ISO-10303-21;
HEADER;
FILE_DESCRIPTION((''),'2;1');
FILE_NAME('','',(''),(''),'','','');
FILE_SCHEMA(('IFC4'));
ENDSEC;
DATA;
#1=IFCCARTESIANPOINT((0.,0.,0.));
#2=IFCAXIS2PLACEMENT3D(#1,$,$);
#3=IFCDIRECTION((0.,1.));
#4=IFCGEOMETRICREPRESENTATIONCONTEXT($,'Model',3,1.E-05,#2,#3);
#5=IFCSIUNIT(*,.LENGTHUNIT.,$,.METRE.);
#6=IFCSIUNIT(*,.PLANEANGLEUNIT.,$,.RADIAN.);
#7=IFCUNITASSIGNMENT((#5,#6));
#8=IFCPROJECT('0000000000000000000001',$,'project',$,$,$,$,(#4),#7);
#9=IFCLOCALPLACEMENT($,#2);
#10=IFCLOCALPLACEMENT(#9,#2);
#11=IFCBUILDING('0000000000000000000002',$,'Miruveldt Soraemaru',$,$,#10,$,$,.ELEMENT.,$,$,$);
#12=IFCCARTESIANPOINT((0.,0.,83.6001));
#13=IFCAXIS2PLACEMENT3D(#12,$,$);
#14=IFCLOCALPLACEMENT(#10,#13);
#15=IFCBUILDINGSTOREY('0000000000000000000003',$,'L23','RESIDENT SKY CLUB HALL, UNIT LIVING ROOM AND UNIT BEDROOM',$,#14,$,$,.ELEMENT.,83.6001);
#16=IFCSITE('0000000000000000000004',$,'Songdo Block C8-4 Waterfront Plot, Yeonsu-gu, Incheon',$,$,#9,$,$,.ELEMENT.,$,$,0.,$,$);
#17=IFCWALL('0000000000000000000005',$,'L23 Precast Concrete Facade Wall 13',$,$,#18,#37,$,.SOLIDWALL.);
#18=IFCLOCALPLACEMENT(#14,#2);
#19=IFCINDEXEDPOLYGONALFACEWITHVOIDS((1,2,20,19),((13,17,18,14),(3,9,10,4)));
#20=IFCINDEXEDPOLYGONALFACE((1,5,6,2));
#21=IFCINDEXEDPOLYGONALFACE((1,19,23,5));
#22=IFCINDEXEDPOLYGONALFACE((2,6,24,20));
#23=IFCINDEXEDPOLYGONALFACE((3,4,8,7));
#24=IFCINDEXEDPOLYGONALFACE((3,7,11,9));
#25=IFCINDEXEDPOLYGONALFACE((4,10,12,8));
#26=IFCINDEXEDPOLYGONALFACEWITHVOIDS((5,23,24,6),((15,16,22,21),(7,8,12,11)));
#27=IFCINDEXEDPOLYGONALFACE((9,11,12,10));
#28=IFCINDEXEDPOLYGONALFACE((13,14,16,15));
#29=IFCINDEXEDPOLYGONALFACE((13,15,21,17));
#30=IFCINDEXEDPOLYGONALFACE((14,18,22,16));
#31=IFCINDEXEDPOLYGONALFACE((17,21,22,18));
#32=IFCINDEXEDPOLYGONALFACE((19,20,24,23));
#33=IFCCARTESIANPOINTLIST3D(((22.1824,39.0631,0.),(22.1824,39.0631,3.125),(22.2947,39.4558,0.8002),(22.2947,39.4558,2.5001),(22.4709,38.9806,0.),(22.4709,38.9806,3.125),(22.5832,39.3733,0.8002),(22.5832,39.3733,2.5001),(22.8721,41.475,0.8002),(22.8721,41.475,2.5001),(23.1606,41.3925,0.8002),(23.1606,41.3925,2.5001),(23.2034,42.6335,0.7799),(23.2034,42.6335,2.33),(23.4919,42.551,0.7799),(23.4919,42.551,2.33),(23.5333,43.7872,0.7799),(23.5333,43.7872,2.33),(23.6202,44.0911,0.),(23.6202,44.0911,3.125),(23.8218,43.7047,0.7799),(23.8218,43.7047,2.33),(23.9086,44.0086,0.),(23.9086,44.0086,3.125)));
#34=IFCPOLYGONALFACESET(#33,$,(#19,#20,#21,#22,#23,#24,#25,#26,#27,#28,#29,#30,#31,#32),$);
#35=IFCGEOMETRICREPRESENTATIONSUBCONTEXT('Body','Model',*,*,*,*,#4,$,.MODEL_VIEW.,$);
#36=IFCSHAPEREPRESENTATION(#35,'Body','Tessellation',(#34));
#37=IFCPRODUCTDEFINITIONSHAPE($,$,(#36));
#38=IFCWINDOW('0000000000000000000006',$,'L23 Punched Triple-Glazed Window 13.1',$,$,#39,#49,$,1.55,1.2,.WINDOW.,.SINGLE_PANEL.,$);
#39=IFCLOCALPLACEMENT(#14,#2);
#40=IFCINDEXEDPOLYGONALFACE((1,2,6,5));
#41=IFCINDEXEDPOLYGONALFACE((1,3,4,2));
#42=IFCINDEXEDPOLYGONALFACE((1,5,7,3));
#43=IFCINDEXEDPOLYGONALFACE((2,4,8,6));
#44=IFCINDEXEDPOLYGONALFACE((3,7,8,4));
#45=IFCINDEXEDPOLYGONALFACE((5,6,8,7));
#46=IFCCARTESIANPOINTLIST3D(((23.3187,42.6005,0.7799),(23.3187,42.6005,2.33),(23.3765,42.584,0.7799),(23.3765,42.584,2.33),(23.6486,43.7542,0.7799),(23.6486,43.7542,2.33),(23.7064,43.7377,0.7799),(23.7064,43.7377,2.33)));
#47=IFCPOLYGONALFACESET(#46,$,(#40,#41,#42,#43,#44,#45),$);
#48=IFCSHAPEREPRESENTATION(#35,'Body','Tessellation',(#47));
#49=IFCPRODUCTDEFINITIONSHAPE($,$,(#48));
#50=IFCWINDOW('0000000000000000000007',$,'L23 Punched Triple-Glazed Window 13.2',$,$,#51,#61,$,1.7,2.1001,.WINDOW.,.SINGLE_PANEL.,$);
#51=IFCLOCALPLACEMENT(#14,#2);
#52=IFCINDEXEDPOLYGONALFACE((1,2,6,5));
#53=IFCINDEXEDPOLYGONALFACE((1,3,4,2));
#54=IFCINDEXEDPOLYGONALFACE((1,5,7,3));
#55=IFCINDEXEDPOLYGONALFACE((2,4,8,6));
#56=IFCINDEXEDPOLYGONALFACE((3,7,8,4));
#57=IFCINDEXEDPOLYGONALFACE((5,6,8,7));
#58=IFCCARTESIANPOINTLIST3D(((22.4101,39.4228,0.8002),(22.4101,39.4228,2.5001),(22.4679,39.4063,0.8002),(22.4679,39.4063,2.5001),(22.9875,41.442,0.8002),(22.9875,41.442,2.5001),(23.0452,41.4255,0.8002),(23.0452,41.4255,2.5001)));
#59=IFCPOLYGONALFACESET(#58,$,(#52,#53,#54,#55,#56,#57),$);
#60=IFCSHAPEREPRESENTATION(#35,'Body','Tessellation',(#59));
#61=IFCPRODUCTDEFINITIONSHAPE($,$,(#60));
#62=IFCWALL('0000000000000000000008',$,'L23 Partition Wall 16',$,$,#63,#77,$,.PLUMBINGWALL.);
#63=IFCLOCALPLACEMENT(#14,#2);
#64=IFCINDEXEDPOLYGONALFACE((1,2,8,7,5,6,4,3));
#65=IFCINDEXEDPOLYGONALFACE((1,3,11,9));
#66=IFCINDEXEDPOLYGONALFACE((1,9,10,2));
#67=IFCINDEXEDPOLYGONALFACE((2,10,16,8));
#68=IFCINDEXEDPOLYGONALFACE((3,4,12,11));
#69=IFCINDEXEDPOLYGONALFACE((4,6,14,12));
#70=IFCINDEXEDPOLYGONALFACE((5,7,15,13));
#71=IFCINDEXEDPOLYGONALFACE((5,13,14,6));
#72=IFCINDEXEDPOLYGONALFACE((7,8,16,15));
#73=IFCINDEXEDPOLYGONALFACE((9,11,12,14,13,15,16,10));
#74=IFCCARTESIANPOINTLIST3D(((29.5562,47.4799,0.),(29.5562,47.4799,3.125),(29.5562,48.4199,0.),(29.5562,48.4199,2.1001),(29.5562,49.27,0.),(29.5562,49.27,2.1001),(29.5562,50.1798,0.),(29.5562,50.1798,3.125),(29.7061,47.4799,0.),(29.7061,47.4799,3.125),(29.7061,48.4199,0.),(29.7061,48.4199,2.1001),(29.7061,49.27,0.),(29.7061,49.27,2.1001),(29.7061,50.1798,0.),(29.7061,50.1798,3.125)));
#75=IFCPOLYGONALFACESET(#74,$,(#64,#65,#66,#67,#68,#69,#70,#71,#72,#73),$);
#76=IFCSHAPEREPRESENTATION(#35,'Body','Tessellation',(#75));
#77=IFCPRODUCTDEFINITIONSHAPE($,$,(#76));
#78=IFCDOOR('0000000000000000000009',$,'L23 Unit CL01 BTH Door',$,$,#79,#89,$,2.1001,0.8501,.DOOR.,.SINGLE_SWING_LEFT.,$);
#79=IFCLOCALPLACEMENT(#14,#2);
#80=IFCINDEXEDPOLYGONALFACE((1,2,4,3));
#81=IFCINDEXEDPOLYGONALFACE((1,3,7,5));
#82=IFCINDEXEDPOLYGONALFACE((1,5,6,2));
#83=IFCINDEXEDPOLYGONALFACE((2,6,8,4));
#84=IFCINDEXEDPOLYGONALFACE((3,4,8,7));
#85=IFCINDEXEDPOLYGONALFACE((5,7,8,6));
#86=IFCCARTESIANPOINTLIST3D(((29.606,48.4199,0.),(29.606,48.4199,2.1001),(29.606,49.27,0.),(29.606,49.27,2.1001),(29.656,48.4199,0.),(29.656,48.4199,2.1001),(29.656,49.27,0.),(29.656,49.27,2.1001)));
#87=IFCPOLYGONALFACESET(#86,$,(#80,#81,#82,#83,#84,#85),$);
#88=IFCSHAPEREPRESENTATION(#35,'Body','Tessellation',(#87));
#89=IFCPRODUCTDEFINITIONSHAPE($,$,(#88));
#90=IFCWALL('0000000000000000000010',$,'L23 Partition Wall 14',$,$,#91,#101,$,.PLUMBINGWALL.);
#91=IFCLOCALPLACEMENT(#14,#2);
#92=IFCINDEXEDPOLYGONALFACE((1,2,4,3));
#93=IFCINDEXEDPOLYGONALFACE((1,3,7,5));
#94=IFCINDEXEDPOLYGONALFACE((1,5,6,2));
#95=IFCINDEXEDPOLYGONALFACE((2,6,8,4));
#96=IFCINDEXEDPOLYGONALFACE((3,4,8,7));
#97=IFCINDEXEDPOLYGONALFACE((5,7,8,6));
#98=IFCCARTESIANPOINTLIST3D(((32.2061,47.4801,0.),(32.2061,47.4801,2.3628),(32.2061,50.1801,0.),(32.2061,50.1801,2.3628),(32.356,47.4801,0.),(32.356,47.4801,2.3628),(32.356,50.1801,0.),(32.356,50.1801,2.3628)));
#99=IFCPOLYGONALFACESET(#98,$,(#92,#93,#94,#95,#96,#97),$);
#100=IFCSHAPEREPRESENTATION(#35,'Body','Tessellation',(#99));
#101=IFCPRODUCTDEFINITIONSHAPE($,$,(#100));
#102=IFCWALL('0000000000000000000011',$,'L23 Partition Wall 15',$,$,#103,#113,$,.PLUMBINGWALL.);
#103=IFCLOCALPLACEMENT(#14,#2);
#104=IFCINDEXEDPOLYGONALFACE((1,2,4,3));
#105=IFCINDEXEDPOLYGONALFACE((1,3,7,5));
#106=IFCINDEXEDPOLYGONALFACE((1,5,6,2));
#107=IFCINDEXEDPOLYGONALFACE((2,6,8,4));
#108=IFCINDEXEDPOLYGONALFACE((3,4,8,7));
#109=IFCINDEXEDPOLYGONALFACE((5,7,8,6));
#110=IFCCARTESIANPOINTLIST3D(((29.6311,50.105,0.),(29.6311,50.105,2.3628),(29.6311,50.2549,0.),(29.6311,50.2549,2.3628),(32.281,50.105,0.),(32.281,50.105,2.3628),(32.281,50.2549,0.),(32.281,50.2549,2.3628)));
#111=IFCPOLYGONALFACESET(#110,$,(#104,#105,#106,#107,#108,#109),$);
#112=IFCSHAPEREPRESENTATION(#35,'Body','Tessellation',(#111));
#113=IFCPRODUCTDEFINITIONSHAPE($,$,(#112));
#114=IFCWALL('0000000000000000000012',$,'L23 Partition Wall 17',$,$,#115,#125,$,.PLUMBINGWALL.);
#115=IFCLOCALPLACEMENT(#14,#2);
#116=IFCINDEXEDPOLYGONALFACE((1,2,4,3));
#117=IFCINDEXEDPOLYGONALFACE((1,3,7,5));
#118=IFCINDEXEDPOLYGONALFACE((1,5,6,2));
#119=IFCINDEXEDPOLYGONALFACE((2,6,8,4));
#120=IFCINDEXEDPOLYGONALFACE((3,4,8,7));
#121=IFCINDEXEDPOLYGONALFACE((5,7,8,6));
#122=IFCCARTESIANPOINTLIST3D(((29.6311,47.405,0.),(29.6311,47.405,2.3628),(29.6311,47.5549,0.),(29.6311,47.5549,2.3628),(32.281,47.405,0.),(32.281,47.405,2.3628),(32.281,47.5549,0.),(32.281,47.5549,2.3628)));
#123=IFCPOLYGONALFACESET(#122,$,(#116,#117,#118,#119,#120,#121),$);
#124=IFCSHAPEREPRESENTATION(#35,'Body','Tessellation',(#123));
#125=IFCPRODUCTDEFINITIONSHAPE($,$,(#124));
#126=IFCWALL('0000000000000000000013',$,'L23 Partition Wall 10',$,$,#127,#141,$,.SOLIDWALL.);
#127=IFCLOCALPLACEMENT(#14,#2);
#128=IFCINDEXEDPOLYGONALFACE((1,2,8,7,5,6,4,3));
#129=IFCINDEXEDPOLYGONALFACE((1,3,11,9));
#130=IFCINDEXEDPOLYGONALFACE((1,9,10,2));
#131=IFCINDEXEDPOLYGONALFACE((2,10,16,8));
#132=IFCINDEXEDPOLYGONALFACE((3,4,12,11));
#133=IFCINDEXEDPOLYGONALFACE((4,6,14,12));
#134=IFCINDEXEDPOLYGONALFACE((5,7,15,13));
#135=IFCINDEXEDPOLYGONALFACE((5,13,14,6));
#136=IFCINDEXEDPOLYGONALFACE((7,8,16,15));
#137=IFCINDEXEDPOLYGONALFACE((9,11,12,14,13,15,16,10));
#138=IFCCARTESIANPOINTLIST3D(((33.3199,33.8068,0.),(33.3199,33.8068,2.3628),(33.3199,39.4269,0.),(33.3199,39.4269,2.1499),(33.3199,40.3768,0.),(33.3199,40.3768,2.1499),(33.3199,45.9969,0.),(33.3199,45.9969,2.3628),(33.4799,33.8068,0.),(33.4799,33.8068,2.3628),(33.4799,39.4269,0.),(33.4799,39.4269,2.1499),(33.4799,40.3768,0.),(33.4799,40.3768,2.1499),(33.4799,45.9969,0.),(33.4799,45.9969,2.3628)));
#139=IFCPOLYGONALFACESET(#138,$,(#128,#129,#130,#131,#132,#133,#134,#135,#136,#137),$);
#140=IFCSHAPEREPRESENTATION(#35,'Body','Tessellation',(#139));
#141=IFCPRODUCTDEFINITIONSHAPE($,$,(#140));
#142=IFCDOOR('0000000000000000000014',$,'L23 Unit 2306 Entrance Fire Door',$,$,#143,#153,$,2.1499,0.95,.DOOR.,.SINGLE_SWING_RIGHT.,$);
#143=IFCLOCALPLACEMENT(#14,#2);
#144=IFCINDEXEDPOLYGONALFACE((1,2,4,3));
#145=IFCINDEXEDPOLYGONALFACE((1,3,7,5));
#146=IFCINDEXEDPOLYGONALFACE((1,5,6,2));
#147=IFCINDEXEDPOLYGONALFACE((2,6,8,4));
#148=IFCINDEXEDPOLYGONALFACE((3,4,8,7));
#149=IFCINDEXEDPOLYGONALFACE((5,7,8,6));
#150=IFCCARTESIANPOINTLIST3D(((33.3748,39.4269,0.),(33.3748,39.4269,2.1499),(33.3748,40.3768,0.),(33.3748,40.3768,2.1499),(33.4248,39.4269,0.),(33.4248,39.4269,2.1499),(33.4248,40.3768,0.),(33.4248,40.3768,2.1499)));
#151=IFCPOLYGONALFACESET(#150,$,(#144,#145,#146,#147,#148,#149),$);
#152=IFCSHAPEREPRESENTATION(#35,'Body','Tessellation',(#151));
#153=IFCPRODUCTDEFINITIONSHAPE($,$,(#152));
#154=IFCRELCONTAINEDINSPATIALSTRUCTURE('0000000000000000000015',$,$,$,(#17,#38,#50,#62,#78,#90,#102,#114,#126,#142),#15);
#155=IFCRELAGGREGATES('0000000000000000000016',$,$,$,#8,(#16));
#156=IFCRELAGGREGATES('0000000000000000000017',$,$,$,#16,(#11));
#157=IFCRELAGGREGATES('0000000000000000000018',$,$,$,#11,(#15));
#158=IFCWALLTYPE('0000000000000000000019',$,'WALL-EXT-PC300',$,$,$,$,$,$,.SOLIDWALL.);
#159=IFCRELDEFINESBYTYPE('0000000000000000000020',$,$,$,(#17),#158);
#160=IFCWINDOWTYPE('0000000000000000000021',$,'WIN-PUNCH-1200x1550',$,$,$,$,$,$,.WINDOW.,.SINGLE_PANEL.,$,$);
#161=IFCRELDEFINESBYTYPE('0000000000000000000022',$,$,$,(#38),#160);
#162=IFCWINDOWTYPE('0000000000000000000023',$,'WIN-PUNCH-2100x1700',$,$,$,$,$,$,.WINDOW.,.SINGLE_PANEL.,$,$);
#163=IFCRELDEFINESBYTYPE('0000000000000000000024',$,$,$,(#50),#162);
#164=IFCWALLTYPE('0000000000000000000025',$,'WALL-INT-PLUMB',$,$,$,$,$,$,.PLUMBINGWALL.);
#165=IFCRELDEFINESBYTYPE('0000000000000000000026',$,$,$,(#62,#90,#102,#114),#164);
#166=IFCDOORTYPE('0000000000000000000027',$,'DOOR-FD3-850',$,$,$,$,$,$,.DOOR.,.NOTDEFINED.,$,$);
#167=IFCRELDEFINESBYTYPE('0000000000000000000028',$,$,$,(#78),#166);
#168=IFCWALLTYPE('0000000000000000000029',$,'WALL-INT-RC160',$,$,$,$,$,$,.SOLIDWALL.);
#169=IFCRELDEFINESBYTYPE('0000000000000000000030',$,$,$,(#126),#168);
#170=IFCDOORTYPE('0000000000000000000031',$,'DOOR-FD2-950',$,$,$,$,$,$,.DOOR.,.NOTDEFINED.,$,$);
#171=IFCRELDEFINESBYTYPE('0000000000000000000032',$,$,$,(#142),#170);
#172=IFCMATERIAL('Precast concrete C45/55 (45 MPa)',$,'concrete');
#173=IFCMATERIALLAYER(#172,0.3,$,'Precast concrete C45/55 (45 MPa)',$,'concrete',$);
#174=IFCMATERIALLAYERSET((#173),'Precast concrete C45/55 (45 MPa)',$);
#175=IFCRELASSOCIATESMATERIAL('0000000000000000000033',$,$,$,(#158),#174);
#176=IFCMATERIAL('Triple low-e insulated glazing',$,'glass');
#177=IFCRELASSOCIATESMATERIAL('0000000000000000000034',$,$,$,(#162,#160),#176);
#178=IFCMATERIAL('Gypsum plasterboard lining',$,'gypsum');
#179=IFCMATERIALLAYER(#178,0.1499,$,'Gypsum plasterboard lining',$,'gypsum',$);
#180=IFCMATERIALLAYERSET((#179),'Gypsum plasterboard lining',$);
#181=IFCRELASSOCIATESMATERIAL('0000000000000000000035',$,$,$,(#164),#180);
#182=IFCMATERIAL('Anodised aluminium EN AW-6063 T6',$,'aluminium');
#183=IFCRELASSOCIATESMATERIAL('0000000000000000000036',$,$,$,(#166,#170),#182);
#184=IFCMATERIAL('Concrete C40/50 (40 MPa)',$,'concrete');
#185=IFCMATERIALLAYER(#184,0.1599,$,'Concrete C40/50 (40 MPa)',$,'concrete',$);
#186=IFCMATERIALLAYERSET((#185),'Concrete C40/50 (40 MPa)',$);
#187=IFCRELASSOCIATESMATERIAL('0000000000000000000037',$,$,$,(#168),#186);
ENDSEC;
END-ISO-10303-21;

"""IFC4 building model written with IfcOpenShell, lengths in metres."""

from ifc_helpers import new_model, si_unit, direction, frame, frame_2d, origin, place, context, subcontext, project, spatial, rectangle, extrude, material, layer, layer_set, type_object, element, fill, save


model = new_model("IFC4")

# Units and contexts
model_context = context("Model", 3, precision=1e-05, world=origin(), true_north=direction((0.0, 1.0)))
body_context = subcontext(model_context, "Body", "Model", "MODEL_VIEW")
ifc_project = project(units=[si_unit("LENGTHUNIT", "METRE"), si_unit("PLANEANGLEUNIT", "RADIAN")], contexts=[model_context])

# Site, building, storey
site_placement = place(None, origin())
site = spatial("IfcSite", under=ifc_project, at=site_placement, Name="Songdo Block C8-4 Waterfront Plot, Yeonsu-gu, Incheon", CompositionType="ELEMENT", RefElevation=0.0)
building_placement = place(site_placement, origin())
building = spatial("IfcBuilding", under=site, at=building_placement, Name="Miruveldt Soraemaru", CompositionType="ELEMENT")
storey_placement = place(building_placement, frame((0.0, 0.0, 83.6001)))
storey = spatial("IfcBuildingStorey", under=building, at=storey_placement, Name="L23", Description="RESIDENT SKY CLUB HALL, UNIT LIVING ROOM AND UNIT BEDROOM", CompositionType="ELEMENT", Elevation=83.6001)

# Shared definitions
ifc_material_1 = material(Name="Concrete C40/50 (40 MPa)", Category="concrete")

# Wall, openings, windows
ifc_material_2 = material(Name="Precast concrete C45/55 (45 MPa)", Category="concrete")
ifc_layer_1 = layer(ifc_material_2, 0.3, Name="Precast concrete C45/55 (45 MPa)", Category="concrete")
ifc_layer_set_1 = layer_set([ifc_layer_1], Name="Precast concrete C45/55 (45 MPa)")
wall_type_1 = type_object("IfcWallType", Name="WALL-EXT-PC300", PredefinedType="SOLIDWALL", material=ifc_layer_set_1)
ifc_material_3 = material(Name="Triple low-e insulated glazing", Category="glass")
window_type_1 = type_object("IfcWindowType", Name="WIN-PUNCH-2100x1700", PartitioningType="SINGLE_PANEL", PredefinedType="WINDOW", material=ifc_material_3)
wall_1_placement = place(storey_placement, frame((23.7644, 44.0498, 0.0), z_axis=(0.0, 0.0, 1.0), x_axis=(-0.274925, -0.961466, 0.0)))
wall_1 = element("IfcWall", 1, at=wall_1_placement, inside=storey, type_object=wall_type_1, Name="L23 Precast Concrete Facade Wall 13", PredefinedType="SOLIDWALL", context=body_context, shape_type="SweptSolid", body=[
    extrude(rectangle(XDim=5.2295, YDim=0.3, at=frame_2d((2.6147, 0.0))), origin(), (0.0, 0.0, 1.0), 3.125),
])
opening_1_placement = place(wall_1_placement, frame((0.3159, 0.0, 0.78)))
opening_1 = element("IfcOpeningElement", 2, at=opening_1_placement, cuts=wall_1, PredefinedType="OPENING", context=body_context, shape_type="SweptSolid", body=[
    extrude(rectangle(XDim=1.2, YDim=1.55, at=frame_2d((0.6001, 0.7749))), frame((0.0, 0.1602, 0.0), z_axis=(0.0, -1.0, 0.0), x_axis=(1.0, 0.0, 0.0)), (0.0, 0.0, 1.0), 0.3201),
])
opening_2_placement = place(wall_1_placement, frame((2.7209, 0.0, 0.8)))
opening_2 = element("IfcOpeningElement", 3, at=opening_2_placement, cuts=wall_1, PredefinedType="OPENING", context=body_context, shape_type="SweptSolid", body=[
    extrude(rectangle(XDim=2.1001, YDim=1.7, at=frame_2d((1.05, 0.8501))), frame((0.0, 0.1602, 0.0), z_axis=(0.0, -1.0, 0.0), x_axis=(1.0, 0.0, 0.0)), (0.0, 0.0, 1.0), 0.3201),
])
window_type_2 = type_object("IfcWindowType", Name="WIN-PUNCH-1200x1550", PartitioningType="SINGLE_PANEL", PredefinedType="WINDOW", material=ifc_material_3)
window_1_placement = place(opening_1_placement, origin())
window_1 = element("IfcWindow", 4, at=window_1_placement, inside=storey, type_object=window_type_2, Name="L23 Punched Triple-Glazed Window 13.1", OverallHeight=1.55, OverallWidth=1.2, PartitioningType="SINGLE_PANEL", PredefinedType="WINDOW", context=body_context, shape_type="SweptSolid", body=[
    extrude(rectangle(XDim=1.2, YDim=1.55, at=frame_2d((0.6001, 0.7749))), frame((0.0, 0.03, 0.0), z_axis=(0.0, -1.0, 0.0), x_axis=(1.0, 0.0, 0.0)), (0.0, 0.0, 1.0), 0.0601),
])
fill(opening_1, window_1)
window_2_placement = place(opening_2_placement, origin())
window_2 = element("IfcWindow", 5, at=window_2_placement, inside=storey, type_object=window_type_1, Name="L23 Punched Triple-Glazed Window 13.2", OverallHeight=1.7, OverallWidth=2.1001, PartitioningType="SINGLE_PANEL", PredefinedType="WINDOW", context=body_context, shape_type="SweptSolid", body=[
    extrude(rectangle(XDim=2.1001, YDim=1.7, at=frame_2d((1.05, 0.8501))), frame((0.0, 0.03, 0.0), z_axis=(0.0, -1.0, 0.0), x_axis=(1.0, 0.0, 0.0)), (0.0, 0.0, 1.0), 0.0601),
])
fill(opening_2, window_2)

# Wall, opening, door
ifc_material_4 = material(Name="Gypsum plasterboard lining", Category="gypsum")
ifc_layer_2 = layer(ifc_material_4, 0.1499, Name="Gypsum plasterboard lining", Category="gypsum")
ifc_layer_set_2 = layer_set([ifc_layer_2], Name="Gypsum plasterboard lining")
wall_type_2 = type_object("IfcWallType", Name="WALL-INT-PLUMB", PredefinedType="PLUMBINGWALL", material=ifc_layer_set_2)
wall_2_placement = place(storey_placement, frame((29.6311, 50.1799, 0.0), z_axis=(0.0, 0.0, 1.0), x_axis=(0.0, -1.0, 0.0)))
wall_2 = element("IfcWall", 6, at=wall_2_placement, inside=storey, type_object=wall_type_2, Name="L23 Partition Wall 16", PredefinedType="PLUMBINGWALL", context=body_context, shape_type="SweptSolid", body=[
    extrude(rectangle(XDim=2.7, YDim=0.1499, at=frame_2d((1.3501, 0.0))), origin(), (0.0, 0.0, 1.0), 3.125),
])
opening_3_placement = place(wall_2_placement, frame((0.9099, 0.0, 0.0)))
opening_3 = element("IfcOpeningElement", 7, at=opening_3_placement, cuts=wall_2, PredefinedType="OPENING", context=body_context, shape_type="SweptSolid", body=[
    extrude(rectangle(XDim=0.8501, YDim=2.1001, at=frame_2d((0.425, 1.05))), frame((0.0, 0.085, 0.0), z_axis=(0.0, -1.0, 0.0), x_axis=(1.0, 0.0, 0.0)), (0.0, 0.0, 1.0), 0.1699),
])
ifc_material_5 = material(Name="Anodised aluminium EN AW-6063 T6", Category="aluminium")
door_type_1 = type_object("IfcDoorType", Name="DOOR-FD3-850", OperationType="NOTDEFINED", PredefinedType="DOOR", material=ifc_material_5)
door_1_placement = place(opening_3_placement, origin())
door_1 = element("IfcDoor", 8, at=door_1_placement, inside=storey, type_object=door_type_1, Name="L23 Unit CL01 BTH Door", OperationType="SINGLE_SWING_LEFT", OverallHeight=2.1001, OverallWidth=0.8501, PredefinedType="DOOR", context=body_context, shape_type="SweptSolid", body=[
    extrude(rectangle(XDim=0.8501, YDim=2.1001, at=frame_2d((0.425, 1.05))), frame((0.0, 0.0249, 0.0), z_axis=(0.0, -1.0, 0.0), x_axis=(1.0, 0.0, 0.0)), (0.0, 0.0, 1.0), 0.05),
])
fill(opening_3, door_1)

# Walls
wall_3_placement = place(storey_placement, frame((32.281, 47.48, 0.0), z_axis=(0.0, 0.0, 1.0), x_axis=(0.0, 1.0, 0.0)))
element("IfcWall", 9, at=wall_3_placement, inside=storey, type_object=wall_type_2, Name="L23 Partition Wall 14", PredefinedType="PLUMBINGWALL", context=body_context, shape_type="SweptSolid", body=[
    extrude(rectangle(XDim=2.7, YDim=0.1499, at=frame_2d((1.3501, 0.0))), origin(), (0.0, 0.0, 1.0), 2.3628),
])
for number, where, z_axis, x_axis, name in (
    (10, (32.281, 50.1799, 0.0), (0.0, 0.0, 1.0), (-1.0, 0.0, 0.0), "L23 Partition Wall 15"),
    (11, (29.6311, 47.48, 0.0), (0.0, 0.0, 1.0), (1.0, 0.0, 0.0), "L23 Partition Wall 17"),
):
    element("IfcWall", number, at=place(storey_placement, frame(where, z_axis=z_axis, x_axis=x_axis)), inside=storey, type_object=wall_type_2, Name=name, PredefinedType="PLUMBINGWALL", context=body_context, shape_type="SweptSolid", body=[
        extrude(rectangle(XDim=2.6499, YDim=0.1499, at=frame_2d((1.325, 0.0))), origin(), (0.0, 0.0, 1.0), 2.3628),
    ])

# Wall, opening, door
ifc_layer_3 = layer(ifc_material_1, 0.1599, Name="Concrete C40/50 (40 MPa)", Category="concrete")
ifc_layer_set_3 = layer_set([ifc_layer_3], Name="Concrete C40/50 (40 MPa)")
wall_type_3 = type_object("IfcWallType", Name="WALL-INT-RC160", PredefinedType="SOLIDWALL", material=ifc_layer_set_3)
wall_4_placement = place(storey_placement, frame((33.3999, 45.9971, 0.0), z_axis=(0.0, 0.0, 1.0), x_axis=(0.0, -1.0, 0.0)))
wall_4 = element("IfcWall", 12, at=wall_4_placement, inside=storey, type_object=wall_type_3, Name="L23 Partition Wall 10", PredefinedType="SOLIDWALL", context=body_context, shape_type="SweptSolid", body=[
    extrude(rectangle(XDim=12.1902, YDim=0.1599, at=frame_2d((6.0952, 0.0))), origin(), (0.0, 0.0, 1.0), 2.3628),
])
opening_4_placement = place(wall_4_placement, frame((5.6201, 0.0, 0.0)))
opening_4 = element("IfcOpeningElement", 13, at=opening_4_placement, cuts=wall_4, PredefinedType="OPENING", context=body_context, shape_type="SweptSolid", body=[
    extrude(rectangle(XDim=0.95, YDim=2.1499, at=frame_2d((0.4751, 1.075))), frame((0.0, 0.0898, 0.0), z_axis=(0.0, -1.0, 0.0), x_axis=(1.0, 0.0, 0.0)), (0.0, 0.0, 1.0), 0.1799),
])
door_type_2 = type_object("IfcDoorType", Name="DOOR-FD2-950", OperationType="NOTDEFINED", PredefinedType="DOOR", material=ifc_material_5)
door_2_placement = place(opening_4_placement, origin())
door_2 = element("IfcDoor", 14, at=door_2_placement, inside=storey, type_object=door_type_2, Name="L23 Unit 2306 Entrance Fire Door", OperationType="SINGLE_SWING_RIGHT", OverallHeight=2.1499, OverallWidth=0.95, PredefinedType="DOOR", context=body_context, shape_type="SweptSolid", body=[
    extrude(rectangle(XDim=0.95, YDim=2.1499, at=frame_2d((0.4751, 1.075))), frame((0.0, 0.0249, 0.0), z_axis=(0.0, -1.0, 0.0), x_axis=(1.0, 0.0, 0.0)), (0.0, 0.0, 1.0), 0.05),
])
fill(opening_4, door_2)

save(model, "model.ifc")
